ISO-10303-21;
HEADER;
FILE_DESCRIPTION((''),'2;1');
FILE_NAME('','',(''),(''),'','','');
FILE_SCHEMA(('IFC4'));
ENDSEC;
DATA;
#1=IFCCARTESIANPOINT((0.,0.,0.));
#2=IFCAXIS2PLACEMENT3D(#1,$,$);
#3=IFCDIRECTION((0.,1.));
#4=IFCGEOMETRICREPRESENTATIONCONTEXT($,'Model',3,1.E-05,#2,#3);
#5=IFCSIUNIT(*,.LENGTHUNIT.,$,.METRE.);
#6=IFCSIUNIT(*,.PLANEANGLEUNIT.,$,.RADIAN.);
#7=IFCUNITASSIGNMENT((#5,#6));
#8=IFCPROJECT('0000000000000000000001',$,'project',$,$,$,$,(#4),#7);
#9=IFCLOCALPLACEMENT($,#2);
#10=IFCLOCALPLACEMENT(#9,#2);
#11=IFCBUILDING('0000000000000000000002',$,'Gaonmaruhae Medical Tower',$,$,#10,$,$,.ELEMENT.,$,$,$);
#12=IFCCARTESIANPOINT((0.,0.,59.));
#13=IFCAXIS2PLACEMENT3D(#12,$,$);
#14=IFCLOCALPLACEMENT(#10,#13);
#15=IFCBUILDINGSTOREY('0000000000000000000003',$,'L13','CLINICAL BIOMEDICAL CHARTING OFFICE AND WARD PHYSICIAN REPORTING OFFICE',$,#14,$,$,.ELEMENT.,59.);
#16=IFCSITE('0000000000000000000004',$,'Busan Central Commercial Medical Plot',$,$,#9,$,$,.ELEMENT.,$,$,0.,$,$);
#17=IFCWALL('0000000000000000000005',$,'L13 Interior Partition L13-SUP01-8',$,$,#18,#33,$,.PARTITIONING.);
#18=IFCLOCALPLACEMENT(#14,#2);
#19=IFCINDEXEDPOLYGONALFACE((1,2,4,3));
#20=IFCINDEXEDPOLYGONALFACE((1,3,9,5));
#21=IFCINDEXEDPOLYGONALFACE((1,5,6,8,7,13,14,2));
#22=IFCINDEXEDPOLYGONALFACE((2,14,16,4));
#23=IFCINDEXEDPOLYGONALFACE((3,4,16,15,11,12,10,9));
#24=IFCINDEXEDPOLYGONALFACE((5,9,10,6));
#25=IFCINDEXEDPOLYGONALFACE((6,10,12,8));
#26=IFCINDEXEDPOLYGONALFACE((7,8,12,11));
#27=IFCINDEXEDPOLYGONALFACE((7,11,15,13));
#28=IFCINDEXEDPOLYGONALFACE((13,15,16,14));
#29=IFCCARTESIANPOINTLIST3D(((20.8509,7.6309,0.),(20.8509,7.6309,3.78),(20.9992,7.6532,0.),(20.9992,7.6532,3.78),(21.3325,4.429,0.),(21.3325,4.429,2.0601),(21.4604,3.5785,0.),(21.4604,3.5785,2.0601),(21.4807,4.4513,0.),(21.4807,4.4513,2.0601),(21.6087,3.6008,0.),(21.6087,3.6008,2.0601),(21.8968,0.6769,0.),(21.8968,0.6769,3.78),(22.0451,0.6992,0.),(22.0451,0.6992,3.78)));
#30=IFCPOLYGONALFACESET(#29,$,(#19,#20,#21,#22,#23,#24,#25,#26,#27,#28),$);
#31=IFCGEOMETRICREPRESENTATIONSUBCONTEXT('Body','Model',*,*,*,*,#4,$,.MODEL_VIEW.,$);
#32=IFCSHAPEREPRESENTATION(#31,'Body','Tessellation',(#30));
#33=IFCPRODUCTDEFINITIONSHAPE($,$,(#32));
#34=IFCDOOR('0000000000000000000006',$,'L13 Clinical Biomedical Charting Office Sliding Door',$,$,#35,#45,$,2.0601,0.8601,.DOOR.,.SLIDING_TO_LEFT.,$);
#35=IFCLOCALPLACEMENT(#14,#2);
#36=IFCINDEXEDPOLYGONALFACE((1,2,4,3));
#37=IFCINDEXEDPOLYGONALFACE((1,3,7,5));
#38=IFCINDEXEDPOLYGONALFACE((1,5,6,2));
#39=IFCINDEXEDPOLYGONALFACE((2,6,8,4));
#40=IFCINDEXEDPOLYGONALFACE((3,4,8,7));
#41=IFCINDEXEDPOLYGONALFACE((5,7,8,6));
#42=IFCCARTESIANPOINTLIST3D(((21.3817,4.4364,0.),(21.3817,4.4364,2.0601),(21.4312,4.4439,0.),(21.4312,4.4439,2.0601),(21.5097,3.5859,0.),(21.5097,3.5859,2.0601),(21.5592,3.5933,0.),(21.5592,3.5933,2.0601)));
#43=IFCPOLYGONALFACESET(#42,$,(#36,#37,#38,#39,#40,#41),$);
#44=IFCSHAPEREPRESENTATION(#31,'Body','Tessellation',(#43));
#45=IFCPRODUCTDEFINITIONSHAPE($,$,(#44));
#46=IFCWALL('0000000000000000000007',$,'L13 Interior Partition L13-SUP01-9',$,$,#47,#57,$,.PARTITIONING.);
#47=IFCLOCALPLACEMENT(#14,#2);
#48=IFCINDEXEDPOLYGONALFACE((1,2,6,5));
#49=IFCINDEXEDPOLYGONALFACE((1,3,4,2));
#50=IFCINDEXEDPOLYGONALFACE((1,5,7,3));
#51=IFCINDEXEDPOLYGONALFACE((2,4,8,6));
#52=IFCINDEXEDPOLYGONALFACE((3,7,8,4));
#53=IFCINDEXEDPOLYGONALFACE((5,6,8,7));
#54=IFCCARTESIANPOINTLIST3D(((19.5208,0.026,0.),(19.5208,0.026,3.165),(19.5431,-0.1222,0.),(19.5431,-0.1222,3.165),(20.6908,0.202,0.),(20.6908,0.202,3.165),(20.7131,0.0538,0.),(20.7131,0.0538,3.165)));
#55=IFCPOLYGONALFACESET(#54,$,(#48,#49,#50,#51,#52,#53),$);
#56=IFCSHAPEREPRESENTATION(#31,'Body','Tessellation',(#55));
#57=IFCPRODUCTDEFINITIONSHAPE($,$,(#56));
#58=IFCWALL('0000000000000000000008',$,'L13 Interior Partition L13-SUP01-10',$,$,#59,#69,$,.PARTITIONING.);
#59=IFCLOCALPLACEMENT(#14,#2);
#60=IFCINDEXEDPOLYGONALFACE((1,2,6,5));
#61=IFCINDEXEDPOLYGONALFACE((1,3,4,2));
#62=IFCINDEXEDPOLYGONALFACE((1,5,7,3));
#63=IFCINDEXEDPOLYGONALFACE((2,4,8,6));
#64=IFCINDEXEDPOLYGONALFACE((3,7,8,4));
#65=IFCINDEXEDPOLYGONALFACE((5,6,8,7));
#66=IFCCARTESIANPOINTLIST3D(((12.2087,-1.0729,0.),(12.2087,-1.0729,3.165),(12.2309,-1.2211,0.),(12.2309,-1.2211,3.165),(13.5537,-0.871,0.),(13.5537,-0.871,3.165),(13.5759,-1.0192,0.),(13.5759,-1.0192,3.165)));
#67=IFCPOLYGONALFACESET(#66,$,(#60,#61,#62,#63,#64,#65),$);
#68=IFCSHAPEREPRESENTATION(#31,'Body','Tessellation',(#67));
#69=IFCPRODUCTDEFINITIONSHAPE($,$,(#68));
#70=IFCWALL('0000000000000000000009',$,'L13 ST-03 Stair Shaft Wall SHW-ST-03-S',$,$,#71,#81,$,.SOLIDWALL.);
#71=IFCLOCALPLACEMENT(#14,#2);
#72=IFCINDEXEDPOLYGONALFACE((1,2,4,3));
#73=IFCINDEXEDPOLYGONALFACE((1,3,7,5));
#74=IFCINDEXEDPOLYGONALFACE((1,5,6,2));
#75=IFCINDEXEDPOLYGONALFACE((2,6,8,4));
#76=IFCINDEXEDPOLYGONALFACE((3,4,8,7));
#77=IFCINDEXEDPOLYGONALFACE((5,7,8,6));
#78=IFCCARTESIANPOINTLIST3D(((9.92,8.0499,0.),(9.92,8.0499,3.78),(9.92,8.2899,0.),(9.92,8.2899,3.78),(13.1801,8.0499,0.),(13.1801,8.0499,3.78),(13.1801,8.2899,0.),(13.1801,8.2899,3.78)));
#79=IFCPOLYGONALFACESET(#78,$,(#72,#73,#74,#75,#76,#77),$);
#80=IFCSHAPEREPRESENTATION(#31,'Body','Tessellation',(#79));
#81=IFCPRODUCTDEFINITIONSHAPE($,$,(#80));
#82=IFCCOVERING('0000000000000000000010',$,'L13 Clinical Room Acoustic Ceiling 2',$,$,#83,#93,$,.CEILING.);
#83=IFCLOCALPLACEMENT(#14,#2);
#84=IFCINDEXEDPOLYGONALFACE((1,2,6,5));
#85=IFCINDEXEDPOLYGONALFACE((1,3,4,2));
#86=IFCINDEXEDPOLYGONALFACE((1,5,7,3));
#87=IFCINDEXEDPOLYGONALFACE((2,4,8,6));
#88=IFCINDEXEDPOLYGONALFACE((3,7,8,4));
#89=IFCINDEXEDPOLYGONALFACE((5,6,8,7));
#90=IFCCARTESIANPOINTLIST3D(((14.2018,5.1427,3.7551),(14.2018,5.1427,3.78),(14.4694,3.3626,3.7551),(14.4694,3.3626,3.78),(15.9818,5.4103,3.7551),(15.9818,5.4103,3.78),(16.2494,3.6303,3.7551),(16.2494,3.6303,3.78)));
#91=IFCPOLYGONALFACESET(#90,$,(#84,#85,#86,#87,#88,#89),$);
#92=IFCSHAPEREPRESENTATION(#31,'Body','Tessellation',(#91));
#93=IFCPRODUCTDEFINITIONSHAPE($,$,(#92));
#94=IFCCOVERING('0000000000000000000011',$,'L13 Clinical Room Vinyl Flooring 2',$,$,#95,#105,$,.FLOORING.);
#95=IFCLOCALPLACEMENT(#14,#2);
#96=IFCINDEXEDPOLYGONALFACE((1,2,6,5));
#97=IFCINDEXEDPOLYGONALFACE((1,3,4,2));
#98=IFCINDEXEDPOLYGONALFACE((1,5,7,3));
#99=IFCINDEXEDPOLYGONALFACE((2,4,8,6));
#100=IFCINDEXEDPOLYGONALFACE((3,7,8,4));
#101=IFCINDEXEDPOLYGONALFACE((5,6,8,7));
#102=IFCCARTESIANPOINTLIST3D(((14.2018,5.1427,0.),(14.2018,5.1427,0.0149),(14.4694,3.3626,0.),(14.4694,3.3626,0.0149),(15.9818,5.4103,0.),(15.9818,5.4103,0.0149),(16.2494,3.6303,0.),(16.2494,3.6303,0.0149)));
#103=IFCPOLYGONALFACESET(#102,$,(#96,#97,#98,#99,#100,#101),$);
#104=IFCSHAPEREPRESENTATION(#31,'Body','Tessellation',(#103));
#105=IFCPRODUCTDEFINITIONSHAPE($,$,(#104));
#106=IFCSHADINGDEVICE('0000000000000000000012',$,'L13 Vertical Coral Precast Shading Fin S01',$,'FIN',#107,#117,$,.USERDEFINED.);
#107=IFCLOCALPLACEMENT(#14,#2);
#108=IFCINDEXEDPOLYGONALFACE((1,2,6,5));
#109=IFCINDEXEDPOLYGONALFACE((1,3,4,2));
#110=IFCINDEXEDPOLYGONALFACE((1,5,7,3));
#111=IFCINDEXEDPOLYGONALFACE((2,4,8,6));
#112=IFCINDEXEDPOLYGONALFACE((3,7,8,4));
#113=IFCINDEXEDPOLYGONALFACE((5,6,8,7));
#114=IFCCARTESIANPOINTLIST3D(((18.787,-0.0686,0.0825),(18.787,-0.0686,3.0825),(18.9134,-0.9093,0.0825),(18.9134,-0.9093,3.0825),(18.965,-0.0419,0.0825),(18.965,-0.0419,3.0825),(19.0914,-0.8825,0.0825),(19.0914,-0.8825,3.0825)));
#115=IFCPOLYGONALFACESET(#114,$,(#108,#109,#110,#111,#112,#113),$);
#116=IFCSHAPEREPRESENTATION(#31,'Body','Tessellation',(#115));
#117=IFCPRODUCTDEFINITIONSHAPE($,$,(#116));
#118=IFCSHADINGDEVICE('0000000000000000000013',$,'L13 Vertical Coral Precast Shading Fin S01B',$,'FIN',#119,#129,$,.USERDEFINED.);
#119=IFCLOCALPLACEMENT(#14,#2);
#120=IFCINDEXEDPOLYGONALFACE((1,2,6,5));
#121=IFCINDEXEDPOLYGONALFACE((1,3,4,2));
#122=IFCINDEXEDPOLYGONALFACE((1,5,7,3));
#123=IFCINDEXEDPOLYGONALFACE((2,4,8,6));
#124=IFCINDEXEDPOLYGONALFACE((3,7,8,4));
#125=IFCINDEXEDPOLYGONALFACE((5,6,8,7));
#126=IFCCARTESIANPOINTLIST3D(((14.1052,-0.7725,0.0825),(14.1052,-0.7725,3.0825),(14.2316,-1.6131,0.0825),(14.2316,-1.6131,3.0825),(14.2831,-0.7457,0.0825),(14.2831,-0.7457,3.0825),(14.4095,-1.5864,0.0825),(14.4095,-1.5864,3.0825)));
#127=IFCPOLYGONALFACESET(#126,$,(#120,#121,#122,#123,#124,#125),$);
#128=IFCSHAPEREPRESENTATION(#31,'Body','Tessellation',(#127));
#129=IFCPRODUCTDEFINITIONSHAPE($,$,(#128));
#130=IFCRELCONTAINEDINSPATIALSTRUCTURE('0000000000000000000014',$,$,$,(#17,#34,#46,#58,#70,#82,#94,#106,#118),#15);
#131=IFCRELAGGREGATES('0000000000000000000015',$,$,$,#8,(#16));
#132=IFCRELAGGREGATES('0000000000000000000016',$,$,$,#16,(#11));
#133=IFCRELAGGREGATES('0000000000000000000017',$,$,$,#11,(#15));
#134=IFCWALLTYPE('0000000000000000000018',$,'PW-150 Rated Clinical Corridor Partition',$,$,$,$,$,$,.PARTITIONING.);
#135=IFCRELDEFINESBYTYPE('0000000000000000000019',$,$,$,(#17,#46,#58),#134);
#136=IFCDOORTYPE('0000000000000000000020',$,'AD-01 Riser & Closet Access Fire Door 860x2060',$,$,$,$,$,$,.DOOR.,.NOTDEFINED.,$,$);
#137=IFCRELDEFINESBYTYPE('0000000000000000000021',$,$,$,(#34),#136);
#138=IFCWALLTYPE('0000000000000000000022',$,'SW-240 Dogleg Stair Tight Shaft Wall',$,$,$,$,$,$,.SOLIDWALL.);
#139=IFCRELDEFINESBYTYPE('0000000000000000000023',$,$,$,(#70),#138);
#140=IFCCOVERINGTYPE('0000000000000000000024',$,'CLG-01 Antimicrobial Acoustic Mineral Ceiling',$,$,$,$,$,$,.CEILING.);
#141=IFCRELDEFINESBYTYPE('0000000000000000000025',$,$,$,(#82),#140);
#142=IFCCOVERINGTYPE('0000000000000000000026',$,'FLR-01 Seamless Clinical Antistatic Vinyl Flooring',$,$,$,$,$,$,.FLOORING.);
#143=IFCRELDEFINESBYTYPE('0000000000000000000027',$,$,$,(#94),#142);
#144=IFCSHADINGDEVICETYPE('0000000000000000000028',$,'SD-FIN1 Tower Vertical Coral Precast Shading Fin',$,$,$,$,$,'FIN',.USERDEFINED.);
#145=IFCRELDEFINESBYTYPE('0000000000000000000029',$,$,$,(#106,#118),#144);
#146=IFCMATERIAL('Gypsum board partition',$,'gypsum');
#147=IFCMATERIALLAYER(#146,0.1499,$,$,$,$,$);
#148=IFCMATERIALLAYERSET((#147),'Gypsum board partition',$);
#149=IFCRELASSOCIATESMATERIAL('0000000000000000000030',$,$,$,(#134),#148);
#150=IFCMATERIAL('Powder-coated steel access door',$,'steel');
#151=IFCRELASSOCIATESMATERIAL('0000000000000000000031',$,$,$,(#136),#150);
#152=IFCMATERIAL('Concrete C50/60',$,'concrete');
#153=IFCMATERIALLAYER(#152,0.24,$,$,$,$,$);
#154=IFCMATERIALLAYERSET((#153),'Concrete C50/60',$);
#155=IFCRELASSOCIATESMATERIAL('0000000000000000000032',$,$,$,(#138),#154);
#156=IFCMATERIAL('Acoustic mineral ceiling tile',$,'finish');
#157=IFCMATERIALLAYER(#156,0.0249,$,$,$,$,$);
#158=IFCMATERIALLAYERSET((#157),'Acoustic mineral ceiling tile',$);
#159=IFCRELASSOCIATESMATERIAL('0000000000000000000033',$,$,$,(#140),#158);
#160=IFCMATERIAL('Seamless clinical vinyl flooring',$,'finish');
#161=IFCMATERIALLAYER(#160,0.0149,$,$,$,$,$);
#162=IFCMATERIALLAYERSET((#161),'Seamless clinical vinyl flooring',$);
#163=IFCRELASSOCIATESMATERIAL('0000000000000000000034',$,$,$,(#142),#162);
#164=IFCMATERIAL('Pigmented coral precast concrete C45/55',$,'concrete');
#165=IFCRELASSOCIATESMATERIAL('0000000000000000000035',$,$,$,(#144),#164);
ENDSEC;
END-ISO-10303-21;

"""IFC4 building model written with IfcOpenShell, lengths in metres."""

from ifc_helpers import new_model, si_unit, direction, frame, frame_2d, origin, origin_2d, place, context, subcontext, project, spatial, rectangle, extrude, material, layer, layer_set, type_object, element, fill, save


model = new_model("IFC4")

# Units and contexts
model_context = context("Model", 3, precision=1e-05, world=origin(), true_north=direction((0.0, 1.0)))
body_context = subcontext(model_context, "Body", "Model", "MODEL_VIEW")
ifc_project = project(units=[si_unit("LENGTHUNIT", "METRE"), si_unit("PLANEANGLEUNIT", "RADIAN")], contexts=[model_context])

# Site, building, storey
site_placement = place(None, origin())
site = spatial("IfcSite", under=ifc_project, at=site_placement, Name="Busan Central Commercial Medical Plot", CompositionType="ELEMENT", RefElevation=0.0)
building_placement = place(site_placement, origin())
building = spatial("IfcBuilding", under=site, at=building_placement, Name="Gaonmaruhae Medical Tower", CompositionType="ELEMENT")
storey_placement = place(building_placement, frame((0.0, 0.0, 59.0)))
storey = spatial("IfcBuildingStorey", under=building, at=storey_placement, Name="L13", Description="CLINICAL BIOMEDICAL CHARTING OFFICE AND WARD PHYSICIAN REPORTING OFFICE", CompositionType="ELEMENT", Elevation=59.0)

# Wall, opening, door
ifc_material_1 = material(Name="Gypsum board partition", Category="gypsum")
ifc_layer_1 = layer(ifc_material_1, 0.1499)
ifc_layer_set_1 = layer_set([ifc_layer_1], Name="Gypsum board partition")
wall_type_1 = type_object("IfcWallType", Name="PW-150 Rated Clinical Corridor Partition", PredefinedType="PARTITIONING", material=ifc_layer_set_1)
wall_1_placement = place(storey_placement, frame((20.925, 7.6421, 0.0), z_axis=(0.0, 0.0, 1.0), x_axis=(0.148728, -0.988878, 0.0)))
wall_1 = element("IfcWall", 1, at=wall_1_placement, inside=storey, type_object=wall_type_1, Name="L13 Interior Partition L13-SUP01-8", PredefinedType="PARTITIONING", context=body_context, shape_type="SweptSolid", body=[
    extrude(rectangle(XDim=7.0322, YDim=0.1499, at=frame_2d((3.5161, 0.0))), origin(), (0.0, 0.0, 1.0), 3.78),
])
opening_1_placement = place(wall_1_placement, frame((3.2378, 0.0, 0.0)))
opening_1 = element("IfcOpeningElement", 2, at=opening_1_placement, cuts=wall_1, PredefinedType="OPENING", context=body_context, shape_type="SweptSolid", body=[
    extrude(rectangle(XDim=0.8601, YDim=2.0601, at=frame_2d((0.4302, 1.03))), frame((0.0, 0.085, 0.0), z_axis=(0.0, -1.0, 0.0), x_axis=(1.0, 0.0, 0.0)), (0.0, 0.0, 1.0), 0.1699),
])
ifc_material_2 = material(Name="Powder-coated steel access door", Category="steel")
door_type = type_object("IfcDoorType", Name="AD-01 Riser & Closet Access Fire Door 860x2060", OperationType="NOTDEFINED", PredefinedType="DOOR", material=ifc_material_2)
door_placement = place(opening_1_placement, origin())
door = element("IfcDoor", 3, at=door_placement, inside=storey, type_object=door_type, Name="L13 Clinical Biomedical Charting Office Sliding Door", OperationType="SLIDING_TO_LEFT", OverallHeight=2.0601, OverallWidth=0.8601, PredefinedType="DOOR", context=body_context, shape_type="SweptSolid", body=[
    extrude(rectangle(XDim=0.8601, YDim=2.0601, at=frame_2d((0.4302, 1.03))), frame((0.0, 0.0249, 0.0), z_axis=(0.0, -1.0, 0.0), x_axis=(1.0, 0.0, 0.0)), (0.0, 0.0, 1.0), 0.05),
])
fill(opening_1, door)

# Walls
wall_2_placement = place(storey_placement, frame((20.7019, 0.1279, 0.0), z_axis=(0.0, 0.0, 1.0), x_axis=(-0.98887, -0.148784, 0.0)))
element("IfcWall", 4, at=wall_2_placement, inside=storey, type_object=wall_type_1, Name="L13 Interior Partition L13-SUP01-9", PredefinedType="PARTITIONING", context=body_context, shape_type="SweptSolid", body=[
    extrude(rectangle(XDim=1.1831, YDim=0.1499, at=frame_2d((0.5916, 0.0))), origin(), (0.0, 0.0, 1.0), 3.165),
])
wall_3_placement = place(storey_placement, frame((13.5649, -0.9451, 0.0), z_axis=(0.0, 0.0, 1.0), x_axis=(-0.988919, -0.148455, 0.0)))
element("IfcWall", 5, at=wall_3_placement, inside=storey, type_object=wall_type_1, Name="L13 Interior Partition L13-SUP01-10", PredefinedType="PARTITIONING", context=body_context, shape_type="SweptSolid", body=[
    extrude(rectangle(XDim=1.3601, YDim=0.1499, at=frame_2d((0.6802, 0.0))), origin(), (0.0, 0.0, 1.0), 3.165),
])
ifc_material_3 = material(Name="Concrete C50/60", Category="concrete")
ifc_layer_2 = layer(ifc_material_3, 0.24)
ifc_layer_set_2 = layer_set([ifc_layer_2], Name="Concrete C50/60")
wall_type_2 = type_object("IfcWallType", Name="SW-240 Dogleg Stair Tight Shaft Wall", PredefinedType="SOLIDWALL", material=ifc_layer_set_2)
wall_4_placement = place(storey_placement, frame((13.1799, 8.1699, 0.0), z_axis=(0.0, 0.0, 1.0), x_axis=(-1.0, 0.0, 0.0)))
element("IfcWall", 6, at=wall_4_placement, inside=storey, type_object=wall_type_2, Name="L13 ST-03 Stair Shaft Wall SHW-ST-03-S", PredefinedType="SOLIDWALL", context=body_context, shape_type="SweptSolid", body=[
    extrude(rectangle(XDim=3.26, YDim=0.24, at=frame_2d((1.6299, 0.0))), origin(), (0.0, 0.0, 1.0), 3.78),
])

# Coverings
ifc_material_4 = material(Name="Acoustic mineral ceiling tile", Category="finish")
ifc_layer_3 = layer(ifc_material_4, 0.0249)
ifc_layer_set_3 = layer_set([ifc_layer_3], Name="Acoustic mineral ceiling tile")
covering_type_1 = type_object("IfcCoveringType", Name="CLG-01 Antimicrobial Acoustic Mineral Ceiling", PredefinedType="CEILING", material=ifc_layer_set_3)
covering_1_placement = place(storey_placement, frame((15.2256, 4.3865, 3.7551), z_axis=(0.0, 0.0, 1.0), x_axis=(0.988886, 0.148672, 0.0)))
element("IfcCovering", 7, at=covering_1_placement, inside=storey, type_object=covering_type_1, Name="L13 Clinical Room Acoustic Ceiling 2", PredefinedType="CEILING", context=body_context, shape_type="SweptSolid", body=[
    extrude(rectangle(XDim=1.8, YDim=1.8, at=origin_2d()), origin(), (0.0, 0.0, 1.0), 0.0249),
])
ifc_material_5 = material(Name="Seamless clinical vinyl flooring", Category="finish")
ifc_layer_4 = layer(ifc_material_5, 0.0149)
ifc_layer_set_4 = layer_set([ifc_layer_4], Name="Seamless clinical vinyl flooring")
covering_type_2 = type_object("IfcCoveringType", Name="FLR-01 Seamless Clinical Antistatic Vinyl Flooring", PredefinedType="FLOORING", material=ifc_layer_set_4)
covering_2_placement = place(storey_placement, frame((15.2256, 4.3865, 0.0), z_axis=(0.0, 0.0, 1.0), x_axis=(0.988886, 0.148672, 0.0)))
element("IfcCovering", 8, at=covering_2_placement, inside=storey, type_object=covering_type_2, Name="L13 Clinical Room Vinyl Flooring 2", PredefinedType="FLOORING", context=body_context, shape_type="SweptSolid", body=[
    extrude(rectangle(XDim=1.8, YDim=1.8, at=origin_2d()), origin(), (0.0, 0.0, 1.0), 0.0149),
])

# Shading devices
ifc_material_6 = material(Name="Pigmented coral precast concrete C45/55", Category="concrete")
shading_device_type = type_object("IfcShadingDeviceType", Name="SD-FIN1 Tower Vertical Coral Precast Shading Fin", ElementType="FIN", PredefinedType="USERDEFINED", material=ifc_material_6)
for number, where, z_axis, x_axis, name in (
    (9, (18.9392, -0.4756, 0.0825), (0.0, 0.0, 1.0), (-0.988886, -0.148672, 0.0), "L13 Vertical Coral Precast Shading Fin S01"),
    (10, (14.2573, -1.1794, 0.0825), (0.0, 0.0, 1.0), (-0.988886, -0.148672, 0.0), "L13 Vertical Coral Precast Shading Fin S01B"),
):
    element("IfcShadingDevice", number, at=place(storey_placement, frame(where, z_axis=z_axis, x_axis=x_axis)), inside=storey, type_object=shading_device_type, Name=name, ObjectType="FIN", PredefinedType="USERDEFINED", context=body_context, shape_type="SweptSolid", body=[
        extrude(rectangle(XDim=0.1799, YDim=0.8501, at=origin_2d()), origin(), (0.0, 0.0, 1.0), 3.0),
    ])

save(model, "model.ifc")
